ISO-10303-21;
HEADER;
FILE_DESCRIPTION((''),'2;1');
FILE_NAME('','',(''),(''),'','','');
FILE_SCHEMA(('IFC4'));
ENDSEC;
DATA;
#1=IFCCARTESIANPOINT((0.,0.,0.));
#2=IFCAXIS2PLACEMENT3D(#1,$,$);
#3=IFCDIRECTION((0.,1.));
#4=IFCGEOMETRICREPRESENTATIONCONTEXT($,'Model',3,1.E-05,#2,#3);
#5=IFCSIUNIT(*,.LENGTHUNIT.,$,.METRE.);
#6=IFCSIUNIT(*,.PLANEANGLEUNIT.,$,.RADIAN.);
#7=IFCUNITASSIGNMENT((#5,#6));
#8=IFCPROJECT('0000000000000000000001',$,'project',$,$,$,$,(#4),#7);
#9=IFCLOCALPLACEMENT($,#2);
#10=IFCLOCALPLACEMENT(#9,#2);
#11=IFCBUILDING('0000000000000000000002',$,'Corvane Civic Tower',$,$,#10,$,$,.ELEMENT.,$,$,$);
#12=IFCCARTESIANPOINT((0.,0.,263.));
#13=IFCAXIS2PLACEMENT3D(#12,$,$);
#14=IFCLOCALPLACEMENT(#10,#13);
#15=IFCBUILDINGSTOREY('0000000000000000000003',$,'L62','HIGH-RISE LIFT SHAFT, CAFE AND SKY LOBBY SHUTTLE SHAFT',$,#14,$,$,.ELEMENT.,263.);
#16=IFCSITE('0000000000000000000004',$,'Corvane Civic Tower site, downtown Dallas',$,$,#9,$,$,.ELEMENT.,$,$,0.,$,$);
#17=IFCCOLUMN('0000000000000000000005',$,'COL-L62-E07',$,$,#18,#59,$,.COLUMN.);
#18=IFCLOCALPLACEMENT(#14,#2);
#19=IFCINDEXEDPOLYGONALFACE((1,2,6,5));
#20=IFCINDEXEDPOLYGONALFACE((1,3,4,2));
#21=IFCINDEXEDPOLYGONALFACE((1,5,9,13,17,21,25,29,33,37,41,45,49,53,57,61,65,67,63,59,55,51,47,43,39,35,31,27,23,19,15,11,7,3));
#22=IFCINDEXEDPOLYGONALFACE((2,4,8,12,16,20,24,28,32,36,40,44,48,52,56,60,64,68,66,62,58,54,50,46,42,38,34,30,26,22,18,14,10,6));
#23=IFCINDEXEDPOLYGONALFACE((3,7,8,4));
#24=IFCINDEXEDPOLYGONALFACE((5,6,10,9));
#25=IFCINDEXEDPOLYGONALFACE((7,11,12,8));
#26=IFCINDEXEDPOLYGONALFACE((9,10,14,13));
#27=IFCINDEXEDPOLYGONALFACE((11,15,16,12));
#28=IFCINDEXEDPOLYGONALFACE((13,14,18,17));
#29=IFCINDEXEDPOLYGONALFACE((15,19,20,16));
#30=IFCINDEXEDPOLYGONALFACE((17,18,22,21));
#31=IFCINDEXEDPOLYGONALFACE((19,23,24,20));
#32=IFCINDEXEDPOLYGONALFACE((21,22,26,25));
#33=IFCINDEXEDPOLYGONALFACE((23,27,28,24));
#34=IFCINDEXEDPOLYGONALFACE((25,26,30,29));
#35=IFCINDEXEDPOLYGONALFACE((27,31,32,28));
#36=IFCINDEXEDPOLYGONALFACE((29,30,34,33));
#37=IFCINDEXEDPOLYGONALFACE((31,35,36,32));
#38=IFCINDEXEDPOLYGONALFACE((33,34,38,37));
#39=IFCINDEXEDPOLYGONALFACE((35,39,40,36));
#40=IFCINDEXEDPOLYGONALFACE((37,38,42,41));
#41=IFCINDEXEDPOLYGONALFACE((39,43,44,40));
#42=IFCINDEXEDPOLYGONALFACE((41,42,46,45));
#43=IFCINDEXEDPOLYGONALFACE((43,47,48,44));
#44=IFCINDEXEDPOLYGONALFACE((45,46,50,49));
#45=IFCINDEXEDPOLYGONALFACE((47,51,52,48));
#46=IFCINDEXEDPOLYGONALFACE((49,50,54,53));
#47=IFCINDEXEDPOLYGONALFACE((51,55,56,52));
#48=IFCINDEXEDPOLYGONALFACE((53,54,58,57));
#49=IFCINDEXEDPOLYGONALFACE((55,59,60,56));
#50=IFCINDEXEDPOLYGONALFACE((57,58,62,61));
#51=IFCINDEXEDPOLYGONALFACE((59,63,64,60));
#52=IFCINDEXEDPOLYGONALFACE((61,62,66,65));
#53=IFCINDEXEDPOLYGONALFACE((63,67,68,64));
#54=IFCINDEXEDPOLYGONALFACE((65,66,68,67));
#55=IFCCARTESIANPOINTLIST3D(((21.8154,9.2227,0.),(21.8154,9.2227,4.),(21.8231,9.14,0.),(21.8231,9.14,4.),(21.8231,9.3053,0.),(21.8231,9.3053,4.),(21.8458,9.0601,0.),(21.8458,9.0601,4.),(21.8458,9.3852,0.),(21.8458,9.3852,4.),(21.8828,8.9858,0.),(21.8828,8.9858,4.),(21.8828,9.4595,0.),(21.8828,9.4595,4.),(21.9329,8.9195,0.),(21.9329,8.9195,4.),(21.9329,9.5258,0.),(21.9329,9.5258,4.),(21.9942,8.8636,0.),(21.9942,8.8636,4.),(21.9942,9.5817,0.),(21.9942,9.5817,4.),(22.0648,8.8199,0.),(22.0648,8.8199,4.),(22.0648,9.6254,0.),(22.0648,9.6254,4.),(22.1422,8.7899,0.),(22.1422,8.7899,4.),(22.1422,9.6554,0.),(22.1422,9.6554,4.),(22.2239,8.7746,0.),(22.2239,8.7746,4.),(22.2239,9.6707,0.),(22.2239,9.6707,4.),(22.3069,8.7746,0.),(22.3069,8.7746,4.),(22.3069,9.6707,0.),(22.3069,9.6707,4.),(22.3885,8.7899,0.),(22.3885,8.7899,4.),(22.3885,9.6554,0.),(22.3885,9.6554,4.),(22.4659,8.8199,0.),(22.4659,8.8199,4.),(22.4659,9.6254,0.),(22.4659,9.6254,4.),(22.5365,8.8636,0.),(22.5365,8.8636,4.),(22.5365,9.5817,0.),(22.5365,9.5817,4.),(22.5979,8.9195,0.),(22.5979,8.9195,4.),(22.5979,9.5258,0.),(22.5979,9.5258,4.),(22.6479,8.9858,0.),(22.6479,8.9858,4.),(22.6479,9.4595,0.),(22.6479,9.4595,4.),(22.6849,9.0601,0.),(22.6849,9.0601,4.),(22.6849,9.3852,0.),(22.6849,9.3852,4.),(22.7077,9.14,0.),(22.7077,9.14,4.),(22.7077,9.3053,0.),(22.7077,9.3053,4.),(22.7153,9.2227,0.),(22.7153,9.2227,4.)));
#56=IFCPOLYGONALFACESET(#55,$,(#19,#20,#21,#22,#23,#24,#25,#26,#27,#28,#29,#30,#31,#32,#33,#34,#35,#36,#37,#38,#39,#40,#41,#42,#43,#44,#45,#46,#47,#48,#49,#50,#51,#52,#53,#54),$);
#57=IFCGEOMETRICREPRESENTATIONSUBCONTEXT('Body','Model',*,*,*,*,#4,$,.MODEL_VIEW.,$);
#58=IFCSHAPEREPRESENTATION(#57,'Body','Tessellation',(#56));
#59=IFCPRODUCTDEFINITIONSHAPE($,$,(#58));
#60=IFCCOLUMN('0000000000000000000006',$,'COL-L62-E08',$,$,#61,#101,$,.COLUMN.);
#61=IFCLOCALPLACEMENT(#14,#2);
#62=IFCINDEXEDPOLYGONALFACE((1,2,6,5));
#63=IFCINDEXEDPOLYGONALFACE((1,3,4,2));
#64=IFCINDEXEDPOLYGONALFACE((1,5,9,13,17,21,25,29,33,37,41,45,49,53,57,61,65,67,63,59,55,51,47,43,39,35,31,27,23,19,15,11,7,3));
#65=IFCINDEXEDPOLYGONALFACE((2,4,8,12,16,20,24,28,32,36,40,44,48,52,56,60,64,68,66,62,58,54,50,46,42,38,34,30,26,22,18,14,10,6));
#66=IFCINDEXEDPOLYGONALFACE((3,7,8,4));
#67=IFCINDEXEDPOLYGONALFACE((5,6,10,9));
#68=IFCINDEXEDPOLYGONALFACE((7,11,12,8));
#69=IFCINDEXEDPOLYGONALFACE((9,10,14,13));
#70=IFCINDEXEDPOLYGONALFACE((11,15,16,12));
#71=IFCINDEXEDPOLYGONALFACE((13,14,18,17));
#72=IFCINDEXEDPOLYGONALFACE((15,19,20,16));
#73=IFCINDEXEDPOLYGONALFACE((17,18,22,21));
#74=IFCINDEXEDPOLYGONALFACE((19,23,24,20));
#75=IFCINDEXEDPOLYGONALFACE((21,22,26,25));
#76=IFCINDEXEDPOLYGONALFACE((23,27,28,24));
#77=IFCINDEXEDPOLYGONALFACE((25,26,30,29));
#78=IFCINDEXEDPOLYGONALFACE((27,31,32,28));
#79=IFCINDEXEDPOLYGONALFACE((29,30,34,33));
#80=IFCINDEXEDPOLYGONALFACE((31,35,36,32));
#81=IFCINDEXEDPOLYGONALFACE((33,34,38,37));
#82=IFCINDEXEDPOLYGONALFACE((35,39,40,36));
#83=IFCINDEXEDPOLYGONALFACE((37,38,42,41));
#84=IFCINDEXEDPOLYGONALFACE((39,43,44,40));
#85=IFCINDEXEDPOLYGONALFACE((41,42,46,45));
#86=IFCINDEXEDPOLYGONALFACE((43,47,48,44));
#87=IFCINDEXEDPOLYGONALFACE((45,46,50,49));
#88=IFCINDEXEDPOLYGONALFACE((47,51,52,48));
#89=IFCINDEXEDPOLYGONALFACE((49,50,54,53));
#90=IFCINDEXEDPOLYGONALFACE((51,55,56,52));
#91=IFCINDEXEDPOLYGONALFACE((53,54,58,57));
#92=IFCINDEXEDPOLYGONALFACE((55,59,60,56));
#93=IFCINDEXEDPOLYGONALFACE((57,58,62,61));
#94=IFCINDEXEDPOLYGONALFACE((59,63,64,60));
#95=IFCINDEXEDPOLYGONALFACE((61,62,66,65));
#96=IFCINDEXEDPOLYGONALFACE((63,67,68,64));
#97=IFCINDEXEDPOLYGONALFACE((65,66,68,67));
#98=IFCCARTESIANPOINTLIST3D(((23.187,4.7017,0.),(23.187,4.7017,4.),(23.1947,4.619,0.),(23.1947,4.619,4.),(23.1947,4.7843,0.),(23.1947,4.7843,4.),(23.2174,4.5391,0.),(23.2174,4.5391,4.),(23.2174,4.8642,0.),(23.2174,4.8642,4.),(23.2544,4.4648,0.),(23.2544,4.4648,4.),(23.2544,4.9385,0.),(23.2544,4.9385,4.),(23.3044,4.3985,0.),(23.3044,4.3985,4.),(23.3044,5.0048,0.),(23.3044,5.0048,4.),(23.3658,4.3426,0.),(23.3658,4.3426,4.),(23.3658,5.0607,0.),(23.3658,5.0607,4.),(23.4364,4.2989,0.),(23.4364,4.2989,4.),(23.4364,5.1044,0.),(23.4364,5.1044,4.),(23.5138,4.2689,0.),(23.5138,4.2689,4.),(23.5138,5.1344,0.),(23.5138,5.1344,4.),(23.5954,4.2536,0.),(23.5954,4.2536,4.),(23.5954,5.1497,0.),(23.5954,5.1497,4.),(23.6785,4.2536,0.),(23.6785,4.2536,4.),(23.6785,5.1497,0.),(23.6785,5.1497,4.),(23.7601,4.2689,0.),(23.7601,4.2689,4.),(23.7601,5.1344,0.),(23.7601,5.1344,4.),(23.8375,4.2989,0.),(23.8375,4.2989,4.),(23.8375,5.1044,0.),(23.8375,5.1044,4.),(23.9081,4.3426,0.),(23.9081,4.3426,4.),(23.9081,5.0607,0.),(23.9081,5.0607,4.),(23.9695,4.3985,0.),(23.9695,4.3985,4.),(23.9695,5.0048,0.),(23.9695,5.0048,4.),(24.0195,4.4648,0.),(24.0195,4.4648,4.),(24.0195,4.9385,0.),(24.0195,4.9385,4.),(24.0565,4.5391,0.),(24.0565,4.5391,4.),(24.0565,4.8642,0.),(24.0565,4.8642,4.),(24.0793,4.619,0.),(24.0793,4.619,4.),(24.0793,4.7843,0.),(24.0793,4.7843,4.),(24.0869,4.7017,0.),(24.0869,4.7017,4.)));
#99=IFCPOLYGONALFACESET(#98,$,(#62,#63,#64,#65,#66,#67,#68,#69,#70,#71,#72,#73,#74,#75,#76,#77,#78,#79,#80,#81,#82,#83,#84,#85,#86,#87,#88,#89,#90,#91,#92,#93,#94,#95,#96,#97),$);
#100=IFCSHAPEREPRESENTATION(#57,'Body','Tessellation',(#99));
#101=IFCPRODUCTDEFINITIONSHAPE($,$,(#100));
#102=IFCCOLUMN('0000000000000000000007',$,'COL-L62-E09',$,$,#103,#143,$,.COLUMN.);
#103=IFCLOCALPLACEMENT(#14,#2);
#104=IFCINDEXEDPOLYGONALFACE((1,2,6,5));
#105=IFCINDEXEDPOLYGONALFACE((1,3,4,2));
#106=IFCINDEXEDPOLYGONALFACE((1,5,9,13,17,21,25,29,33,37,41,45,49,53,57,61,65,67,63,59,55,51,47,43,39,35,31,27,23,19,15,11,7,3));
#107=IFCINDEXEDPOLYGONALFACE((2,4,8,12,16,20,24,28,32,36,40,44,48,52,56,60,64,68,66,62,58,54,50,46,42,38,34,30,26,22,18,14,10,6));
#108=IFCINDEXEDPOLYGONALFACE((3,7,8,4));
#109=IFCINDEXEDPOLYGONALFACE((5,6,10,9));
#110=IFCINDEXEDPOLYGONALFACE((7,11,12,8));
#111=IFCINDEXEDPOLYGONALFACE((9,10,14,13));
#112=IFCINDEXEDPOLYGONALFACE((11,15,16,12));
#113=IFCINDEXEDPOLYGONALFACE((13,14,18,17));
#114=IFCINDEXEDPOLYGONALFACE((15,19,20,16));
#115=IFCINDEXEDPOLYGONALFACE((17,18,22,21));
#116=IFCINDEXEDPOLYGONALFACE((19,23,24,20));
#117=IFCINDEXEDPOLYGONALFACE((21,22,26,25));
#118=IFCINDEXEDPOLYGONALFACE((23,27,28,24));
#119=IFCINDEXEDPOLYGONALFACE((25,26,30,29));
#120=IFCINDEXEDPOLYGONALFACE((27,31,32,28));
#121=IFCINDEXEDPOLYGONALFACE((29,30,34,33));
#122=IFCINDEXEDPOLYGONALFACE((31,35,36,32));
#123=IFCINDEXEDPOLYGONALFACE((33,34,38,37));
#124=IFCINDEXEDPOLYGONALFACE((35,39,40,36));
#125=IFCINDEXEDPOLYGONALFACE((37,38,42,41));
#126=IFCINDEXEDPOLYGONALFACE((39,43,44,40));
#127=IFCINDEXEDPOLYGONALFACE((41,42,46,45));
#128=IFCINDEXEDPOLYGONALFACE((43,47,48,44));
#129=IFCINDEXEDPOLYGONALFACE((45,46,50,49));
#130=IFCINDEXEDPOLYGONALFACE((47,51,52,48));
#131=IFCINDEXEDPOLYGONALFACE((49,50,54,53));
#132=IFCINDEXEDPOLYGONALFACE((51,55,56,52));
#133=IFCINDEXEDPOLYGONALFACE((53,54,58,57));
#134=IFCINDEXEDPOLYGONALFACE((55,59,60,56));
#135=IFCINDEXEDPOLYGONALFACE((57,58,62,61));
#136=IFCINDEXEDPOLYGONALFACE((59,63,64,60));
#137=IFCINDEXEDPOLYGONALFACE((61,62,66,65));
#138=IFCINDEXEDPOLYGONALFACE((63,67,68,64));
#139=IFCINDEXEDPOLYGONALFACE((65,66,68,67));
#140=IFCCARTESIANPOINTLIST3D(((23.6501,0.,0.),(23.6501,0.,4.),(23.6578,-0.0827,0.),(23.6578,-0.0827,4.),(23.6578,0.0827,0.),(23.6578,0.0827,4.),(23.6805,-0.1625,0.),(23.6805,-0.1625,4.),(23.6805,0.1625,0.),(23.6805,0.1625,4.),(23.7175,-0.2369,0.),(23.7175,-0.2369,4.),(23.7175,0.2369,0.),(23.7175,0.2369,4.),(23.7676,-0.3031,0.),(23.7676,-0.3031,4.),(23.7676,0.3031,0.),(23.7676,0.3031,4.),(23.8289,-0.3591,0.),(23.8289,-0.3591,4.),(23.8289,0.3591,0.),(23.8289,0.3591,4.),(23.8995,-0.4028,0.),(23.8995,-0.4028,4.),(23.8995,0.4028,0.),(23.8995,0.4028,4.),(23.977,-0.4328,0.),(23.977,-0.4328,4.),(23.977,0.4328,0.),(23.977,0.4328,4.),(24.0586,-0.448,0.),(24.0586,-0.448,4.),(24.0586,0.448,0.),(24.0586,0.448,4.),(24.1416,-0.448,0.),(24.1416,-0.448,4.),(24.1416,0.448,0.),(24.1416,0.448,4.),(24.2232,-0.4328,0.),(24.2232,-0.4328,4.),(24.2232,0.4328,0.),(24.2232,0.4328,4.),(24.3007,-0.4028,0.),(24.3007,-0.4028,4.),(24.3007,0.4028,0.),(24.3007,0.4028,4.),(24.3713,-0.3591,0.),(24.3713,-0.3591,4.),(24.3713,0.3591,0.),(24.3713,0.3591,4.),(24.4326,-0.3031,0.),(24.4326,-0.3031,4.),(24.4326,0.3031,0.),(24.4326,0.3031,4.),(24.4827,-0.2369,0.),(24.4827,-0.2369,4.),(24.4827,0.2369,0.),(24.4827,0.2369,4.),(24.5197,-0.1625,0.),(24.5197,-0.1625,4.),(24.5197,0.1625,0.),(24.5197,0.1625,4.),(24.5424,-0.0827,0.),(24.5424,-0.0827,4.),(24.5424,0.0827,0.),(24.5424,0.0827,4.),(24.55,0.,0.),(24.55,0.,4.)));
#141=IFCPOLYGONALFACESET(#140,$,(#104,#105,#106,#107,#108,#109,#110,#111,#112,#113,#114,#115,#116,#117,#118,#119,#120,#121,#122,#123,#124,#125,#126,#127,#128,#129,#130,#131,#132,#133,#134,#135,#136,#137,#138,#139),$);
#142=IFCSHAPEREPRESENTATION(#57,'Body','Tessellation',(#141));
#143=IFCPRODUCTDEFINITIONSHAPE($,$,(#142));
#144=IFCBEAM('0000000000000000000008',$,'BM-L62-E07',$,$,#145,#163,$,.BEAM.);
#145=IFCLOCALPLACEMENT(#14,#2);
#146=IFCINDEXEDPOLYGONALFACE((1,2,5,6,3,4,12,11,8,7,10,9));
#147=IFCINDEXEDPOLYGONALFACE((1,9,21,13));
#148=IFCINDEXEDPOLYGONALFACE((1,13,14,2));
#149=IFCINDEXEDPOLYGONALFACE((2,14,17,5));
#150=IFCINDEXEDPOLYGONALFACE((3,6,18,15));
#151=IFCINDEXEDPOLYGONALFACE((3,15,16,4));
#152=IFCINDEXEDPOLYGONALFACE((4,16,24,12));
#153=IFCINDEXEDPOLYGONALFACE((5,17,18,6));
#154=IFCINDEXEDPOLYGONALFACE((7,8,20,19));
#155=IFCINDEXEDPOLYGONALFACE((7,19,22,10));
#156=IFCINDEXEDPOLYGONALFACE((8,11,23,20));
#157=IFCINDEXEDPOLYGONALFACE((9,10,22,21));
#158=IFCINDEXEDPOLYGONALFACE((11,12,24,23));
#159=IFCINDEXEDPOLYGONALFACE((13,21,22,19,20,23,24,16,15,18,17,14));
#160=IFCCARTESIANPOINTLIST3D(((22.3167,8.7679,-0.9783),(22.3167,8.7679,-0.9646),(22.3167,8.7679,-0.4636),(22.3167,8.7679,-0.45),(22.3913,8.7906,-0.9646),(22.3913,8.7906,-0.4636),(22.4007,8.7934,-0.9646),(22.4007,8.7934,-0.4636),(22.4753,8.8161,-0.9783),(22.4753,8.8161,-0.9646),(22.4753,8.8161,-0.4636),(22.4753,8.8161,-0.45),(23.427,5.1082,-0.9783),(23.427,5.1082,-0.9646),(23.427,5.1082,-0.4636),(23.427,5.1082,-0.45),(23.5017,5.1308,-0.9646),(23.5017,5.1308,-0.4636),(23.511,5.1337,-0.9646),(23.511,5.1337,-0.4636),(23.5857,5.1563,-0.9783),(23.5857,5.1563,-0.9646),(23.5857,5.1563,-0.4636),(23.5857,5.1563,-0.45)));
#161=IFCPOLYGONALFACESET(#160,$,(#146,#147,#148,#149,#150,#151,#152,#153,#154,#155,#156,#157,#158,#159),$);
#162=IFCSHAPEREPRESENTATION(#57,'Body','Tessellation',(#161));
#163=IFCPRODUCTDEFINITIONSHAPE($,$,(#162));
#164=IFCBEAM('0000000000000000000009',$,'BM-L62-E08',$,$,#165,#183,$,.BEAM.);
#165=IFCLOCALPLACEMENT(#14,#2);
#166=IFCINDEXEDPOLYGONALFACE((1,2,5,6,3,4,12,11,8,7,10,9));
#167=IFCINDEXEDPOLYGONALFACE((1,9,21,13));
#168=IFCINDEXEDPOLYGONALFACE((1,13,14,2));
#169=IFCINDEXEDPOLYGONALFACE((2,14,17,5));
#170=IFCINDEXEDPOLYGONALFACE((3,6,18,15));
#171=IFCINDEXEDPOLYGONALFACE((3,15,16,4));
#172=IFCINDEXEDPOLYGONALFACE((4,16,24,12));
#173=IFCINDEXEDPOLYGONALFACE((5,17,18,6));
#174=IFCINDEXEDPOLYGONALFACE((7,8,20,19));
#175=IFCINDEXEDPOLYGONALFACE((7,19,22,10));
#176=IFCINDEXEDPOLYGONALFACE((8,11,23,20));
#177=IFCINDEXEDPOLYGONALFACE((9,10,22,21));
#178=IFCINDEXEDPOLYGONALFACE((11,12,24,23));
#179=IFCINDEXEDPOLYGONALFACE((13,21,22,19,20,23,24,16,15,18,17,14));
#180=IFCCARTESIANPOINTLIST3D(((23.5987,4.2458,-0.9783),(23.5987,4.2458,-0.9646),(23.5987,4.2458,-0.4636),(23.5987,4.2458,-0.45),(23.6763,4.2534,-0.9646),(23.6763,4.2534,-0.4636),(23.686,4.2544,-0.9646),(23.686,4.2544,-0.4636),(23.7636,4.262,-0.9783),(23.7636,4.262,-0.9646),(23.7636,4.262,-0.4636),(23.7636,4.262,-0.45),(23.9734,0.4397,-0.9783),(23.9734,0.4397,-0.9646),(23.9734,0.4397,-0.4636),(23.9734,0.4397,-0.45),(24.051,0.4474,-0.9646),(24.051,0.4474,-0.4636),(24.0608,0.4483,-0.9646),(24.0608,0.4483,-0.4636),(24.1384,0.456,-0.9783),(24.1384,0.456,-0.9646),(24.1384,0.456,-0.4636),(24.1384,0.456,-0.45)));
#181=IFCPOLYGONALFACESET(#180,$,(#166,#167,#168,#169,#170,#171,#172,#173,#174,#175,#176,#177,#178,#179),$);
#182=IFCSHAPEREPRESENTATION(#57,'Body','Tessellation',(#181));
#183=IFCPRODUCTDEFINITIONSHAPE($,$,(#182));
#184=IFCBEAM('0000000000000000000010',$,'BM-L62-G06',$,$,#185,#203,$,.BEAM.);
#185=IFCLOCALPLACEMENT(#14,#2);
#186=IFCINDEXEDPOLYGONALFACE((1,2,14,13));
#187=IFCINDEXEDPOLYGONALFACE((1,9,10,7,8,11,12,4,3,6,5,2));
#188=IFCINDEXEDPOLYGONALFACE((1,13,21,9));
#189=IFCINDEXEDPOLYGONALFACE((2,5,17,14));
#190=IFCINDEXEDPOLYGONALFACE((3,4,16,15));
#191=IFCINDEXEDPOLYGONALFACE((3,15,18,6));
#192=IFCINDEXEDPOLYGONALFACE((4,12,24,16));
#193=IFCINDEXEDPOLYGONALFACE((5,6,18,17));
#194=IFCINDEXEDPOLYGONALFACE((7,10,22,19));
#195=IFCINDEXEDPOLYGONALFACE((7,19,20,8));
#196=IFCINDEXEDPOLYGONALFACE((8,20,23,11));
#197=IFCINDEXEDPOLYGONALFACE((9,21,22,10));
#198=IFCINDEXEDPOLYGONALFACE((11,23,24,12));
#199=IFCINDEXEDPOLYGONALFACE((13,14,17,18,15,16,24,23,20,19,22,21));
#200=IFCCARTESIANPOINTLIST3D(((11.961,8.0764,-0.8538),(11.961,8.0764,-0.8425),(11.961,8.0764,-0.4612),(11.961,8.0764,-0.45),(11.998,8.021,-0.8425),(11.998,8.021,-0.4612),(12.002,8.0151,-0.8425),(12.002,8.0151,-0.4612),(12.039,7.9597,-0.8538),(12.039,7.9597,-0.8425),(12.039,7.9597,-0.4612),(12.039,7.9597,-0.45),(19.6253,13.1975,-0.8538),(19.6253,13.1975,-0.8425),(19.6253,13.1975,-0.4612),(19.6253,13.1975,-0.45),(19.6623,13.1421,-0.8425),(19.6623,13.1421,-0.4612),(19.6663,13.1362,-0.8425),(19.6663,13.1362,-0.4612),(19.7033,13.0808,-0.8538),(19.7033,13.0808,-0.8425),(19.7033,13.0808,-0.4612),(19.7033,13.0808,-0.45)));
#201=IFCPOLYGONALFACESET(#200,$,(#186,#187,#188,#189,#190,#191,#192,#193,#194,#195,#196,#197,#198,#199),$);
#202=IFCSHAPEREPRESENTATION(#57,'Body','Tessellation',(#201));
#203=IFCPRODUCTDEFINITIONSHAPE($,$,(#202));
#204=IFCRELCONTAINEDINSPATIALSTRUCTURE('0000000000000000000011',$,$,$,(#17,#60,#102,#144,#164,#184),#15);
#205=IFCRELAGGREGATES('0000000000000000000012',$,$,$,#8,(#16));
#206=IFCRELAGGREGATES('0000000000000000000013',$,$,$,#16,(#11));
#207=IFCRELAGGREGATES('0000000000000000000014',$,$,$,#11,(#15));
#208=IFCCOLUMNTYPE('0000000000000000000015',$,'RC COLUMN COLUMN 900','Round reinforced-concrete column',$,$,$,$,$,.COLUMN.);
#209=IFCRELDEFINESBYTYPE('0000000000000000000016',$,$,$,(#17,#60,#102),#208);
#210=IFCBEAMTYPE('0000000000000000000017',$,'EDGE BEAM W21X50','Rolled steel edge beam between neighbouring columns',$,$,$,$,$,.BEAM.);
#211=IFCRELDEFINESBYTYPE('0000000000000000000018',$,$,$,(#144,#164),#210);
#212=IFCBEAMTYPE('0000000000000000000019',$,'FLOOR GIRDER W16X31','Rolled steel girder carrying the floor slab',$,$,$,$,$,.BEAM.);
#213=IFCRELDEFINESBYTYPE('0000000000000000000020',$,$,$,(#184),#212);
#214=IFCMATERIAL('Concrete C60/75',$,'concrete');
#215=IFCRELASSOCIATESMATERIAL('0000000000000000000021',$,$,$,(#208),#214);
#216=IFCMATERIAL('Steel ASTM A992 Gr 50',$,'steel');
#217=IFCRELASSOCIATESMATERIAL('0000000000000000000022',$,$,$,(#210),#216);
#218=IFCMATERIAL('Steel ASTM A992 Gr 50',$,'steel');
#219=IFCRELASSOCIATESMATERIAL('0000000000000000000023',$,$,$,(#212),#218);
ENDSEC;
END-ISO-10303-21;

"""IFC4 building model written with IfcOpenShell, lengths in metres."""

from ifc_helpers import new_model, si_unit, direction, frame, origin, origin_2d, place, context, subcontext, project, spatial, circle, i_section, extrude, material, material_profile, profile_set, type_object, element, save


model = new_model("IFC4")

# Units and contexts
model_context = context("Model", 3, precision=1e-05, world=origin(), true_north=direction((0.0, 1.0)))
body_context = subcontext(model_context, "Body", "Model", "MODEL_VIEW")
ifc_project = project(units=[si_unit("LENGTHUNIT", "METRE"), si_unit("PLANEANGLEUNIT", "RADIAN")], contexts=[model_context])

# Site, building, storey
site_placement = place(None, origin())
site = spatial("IfcSite", under=ifc_project, at=site_placement, Name="Corvane Civic Tower site, downtown Dallas", CompositionType="ELEMENT", RefElevation=0.0)
building_placement = place(site_placement, origin())
building = spatial("IfcBuilding", under=site, at=building_placement, Name="Corvane Civic Tower", CompositionType="ELEMENT")
storey_placement = place(building_placement, frame((0.0, 0.0, 263.0)))
storey = spatial("IfcBuildingStorey", under=building, at=storey_placement, Name="L62", Description="HIGH-RISE LIFT SHAFT, CAFE AND SKY LOBBY SHUTTLE SHAFT", CompositionType="ELEMENT", Elevation=263.0)

# Columns
ifc_material_1 = material(Name="Concrete C60/75", Category="concrete")
ifc_material_profile_1 = material_profile(ifc_material_1, circle(Radius=0.45, at=origin_2d()), Name="COLUMN 900")
ifc_profile_set_1 = profile_set([ifc_material_profile_1], Name="Concrete C60/75")
column_type = type_object("IfcColumnType", Name="RC COLUMN COLUMN 900", Description="Round reinforced-concrete column", PredefinedType="COLUMN", material=ifc_profile_set_1)
for number, where, z_axis, x_axis, name in (
    (1, (22.2654, 9.2227, 0.0), (0.0, 0.0, 1.0), (1.0, 0.0, 0.0), "COL-L62-E07"),
    (2, (23.637, 4.7017, 0.0), (0.0, 0.0, 1.0), (1.0, 0.0, 0.0), "COL-L62-E08"),
    (3, (24.1001, 0.0, 0.0), (0.0, 0.0, 1.0), (1.0, 0.0, 0.0), "COL-L62-E09"),
):
    element("IfcColumn", number, at=place(storey_placement, frame(where, z_axis=z_axis, x_axis=x_axis)), inside=storey, type_object=column_type, Name=name, PredefinedType="COLUMN", context=body_context, shape_type="SweptSolid", body=[
        extrude(circle(Radius=0.45, at=origin_2d()), origin(), (0.0, 0.0, 1.0), 4.0),
    ])

# Beams
ifc_material_2 = material(Name="Steel ASTM A992 Gr 50", Category="steel")
ifc_material_profile_2 = material_profile(ifc_material_2, i_section(OverallWidth=0.1658, OverallDepth=0.5283, WebThickness=0.0098, FlangeThickness=0.0137, at=origin_2d()), Name="W21X50")
ifc_profile_set_2 = profile_set([ifc_material_profile_2], Name="Steel ASTM A992 Gr 50")
beam_type_1 = type_object("IfcBeamType", Name="EDGE BEAM W21X50", Description="Rolled steel edge beam between neighbouring columns", PredefinedType="BEAM", material=ifc_profile_set_2)
for number, where, z_axis, x_axis, name in (
    (4, (22.396, 8.792, -0.7141), (0.290333, -0.956926, 0.0), (0.956926, 0.290333, 0.0), "BM-L62-E07"),
    (5, (23.6812, 4.2539, -0.7141), (0.097987, -0.995188, 0.0), (0.995188, 0.097987, 0.0), "BM-L62-E08"),
):
    element("IfcBeam", number, at=place(storey_placement, frame(where, z_axis=z_axis, x_axis=x_axis)), inside=storey, type_object=beam_type_1, Name=name, PredefinedType="BEAM", context=body_context, shape_type="SweptSolid", body=[
        extrude(i_section(OverallWidth=0.1658, OverallDepth=0.5283, WebThickness=0.0098, FlangeThickness=0.0137, at=origin_2d()), origin(), (0.0, 0.0, 1.0), 3.8245),
    ])
ifc_material_3 = material(Name="Steel ASTM A992 Gr 50", Category="steel")
ifc_material_profile_3 = material_profile(ifc_material_3, i_section(OverallWidth=0.1404, OverallDepth=0.4038, WebThickness=0.0071, FlangeThickness=0.0112, at=origin_2d()), Name="W16X31")
ifc_profile_set_3 = profile_set([ifc_material_profile_3], Name="Steel ASTM A992 Gr 50")
beam_type_2 = type_object("IfcBeamType", Name="FLOOR GIRDER W16X31", Description="Rolled steel girder carrying the floor slab", PredefinedType="BEAM", material=ifc_profile_set_3)
beam_1_placement = place(storey_placement, frame((12.0, 8.0181, -0.6519), z_axis=(0.831471, 0.555568, 0.0), x_axis=(-0.555568, 0.831471, 0.0)))
element("IfcBeam", 6, at=beam_1_placement, inside=storey, type_object=beam_type_2, Name="BM-L62-G06", PredefinedType="BEAM", context=body_context, shape_type="SweptSolid", body=[
    extrude(i_section(OverallWidth=0.1404, OverallDepth=0.4038, WebThickness=0.0071, FlangeThickness=0.0112, at=origin_2d()), origin(), (0.0, 0.0, 1.0), 9.2178),
])

save(model, "model.ifc")
